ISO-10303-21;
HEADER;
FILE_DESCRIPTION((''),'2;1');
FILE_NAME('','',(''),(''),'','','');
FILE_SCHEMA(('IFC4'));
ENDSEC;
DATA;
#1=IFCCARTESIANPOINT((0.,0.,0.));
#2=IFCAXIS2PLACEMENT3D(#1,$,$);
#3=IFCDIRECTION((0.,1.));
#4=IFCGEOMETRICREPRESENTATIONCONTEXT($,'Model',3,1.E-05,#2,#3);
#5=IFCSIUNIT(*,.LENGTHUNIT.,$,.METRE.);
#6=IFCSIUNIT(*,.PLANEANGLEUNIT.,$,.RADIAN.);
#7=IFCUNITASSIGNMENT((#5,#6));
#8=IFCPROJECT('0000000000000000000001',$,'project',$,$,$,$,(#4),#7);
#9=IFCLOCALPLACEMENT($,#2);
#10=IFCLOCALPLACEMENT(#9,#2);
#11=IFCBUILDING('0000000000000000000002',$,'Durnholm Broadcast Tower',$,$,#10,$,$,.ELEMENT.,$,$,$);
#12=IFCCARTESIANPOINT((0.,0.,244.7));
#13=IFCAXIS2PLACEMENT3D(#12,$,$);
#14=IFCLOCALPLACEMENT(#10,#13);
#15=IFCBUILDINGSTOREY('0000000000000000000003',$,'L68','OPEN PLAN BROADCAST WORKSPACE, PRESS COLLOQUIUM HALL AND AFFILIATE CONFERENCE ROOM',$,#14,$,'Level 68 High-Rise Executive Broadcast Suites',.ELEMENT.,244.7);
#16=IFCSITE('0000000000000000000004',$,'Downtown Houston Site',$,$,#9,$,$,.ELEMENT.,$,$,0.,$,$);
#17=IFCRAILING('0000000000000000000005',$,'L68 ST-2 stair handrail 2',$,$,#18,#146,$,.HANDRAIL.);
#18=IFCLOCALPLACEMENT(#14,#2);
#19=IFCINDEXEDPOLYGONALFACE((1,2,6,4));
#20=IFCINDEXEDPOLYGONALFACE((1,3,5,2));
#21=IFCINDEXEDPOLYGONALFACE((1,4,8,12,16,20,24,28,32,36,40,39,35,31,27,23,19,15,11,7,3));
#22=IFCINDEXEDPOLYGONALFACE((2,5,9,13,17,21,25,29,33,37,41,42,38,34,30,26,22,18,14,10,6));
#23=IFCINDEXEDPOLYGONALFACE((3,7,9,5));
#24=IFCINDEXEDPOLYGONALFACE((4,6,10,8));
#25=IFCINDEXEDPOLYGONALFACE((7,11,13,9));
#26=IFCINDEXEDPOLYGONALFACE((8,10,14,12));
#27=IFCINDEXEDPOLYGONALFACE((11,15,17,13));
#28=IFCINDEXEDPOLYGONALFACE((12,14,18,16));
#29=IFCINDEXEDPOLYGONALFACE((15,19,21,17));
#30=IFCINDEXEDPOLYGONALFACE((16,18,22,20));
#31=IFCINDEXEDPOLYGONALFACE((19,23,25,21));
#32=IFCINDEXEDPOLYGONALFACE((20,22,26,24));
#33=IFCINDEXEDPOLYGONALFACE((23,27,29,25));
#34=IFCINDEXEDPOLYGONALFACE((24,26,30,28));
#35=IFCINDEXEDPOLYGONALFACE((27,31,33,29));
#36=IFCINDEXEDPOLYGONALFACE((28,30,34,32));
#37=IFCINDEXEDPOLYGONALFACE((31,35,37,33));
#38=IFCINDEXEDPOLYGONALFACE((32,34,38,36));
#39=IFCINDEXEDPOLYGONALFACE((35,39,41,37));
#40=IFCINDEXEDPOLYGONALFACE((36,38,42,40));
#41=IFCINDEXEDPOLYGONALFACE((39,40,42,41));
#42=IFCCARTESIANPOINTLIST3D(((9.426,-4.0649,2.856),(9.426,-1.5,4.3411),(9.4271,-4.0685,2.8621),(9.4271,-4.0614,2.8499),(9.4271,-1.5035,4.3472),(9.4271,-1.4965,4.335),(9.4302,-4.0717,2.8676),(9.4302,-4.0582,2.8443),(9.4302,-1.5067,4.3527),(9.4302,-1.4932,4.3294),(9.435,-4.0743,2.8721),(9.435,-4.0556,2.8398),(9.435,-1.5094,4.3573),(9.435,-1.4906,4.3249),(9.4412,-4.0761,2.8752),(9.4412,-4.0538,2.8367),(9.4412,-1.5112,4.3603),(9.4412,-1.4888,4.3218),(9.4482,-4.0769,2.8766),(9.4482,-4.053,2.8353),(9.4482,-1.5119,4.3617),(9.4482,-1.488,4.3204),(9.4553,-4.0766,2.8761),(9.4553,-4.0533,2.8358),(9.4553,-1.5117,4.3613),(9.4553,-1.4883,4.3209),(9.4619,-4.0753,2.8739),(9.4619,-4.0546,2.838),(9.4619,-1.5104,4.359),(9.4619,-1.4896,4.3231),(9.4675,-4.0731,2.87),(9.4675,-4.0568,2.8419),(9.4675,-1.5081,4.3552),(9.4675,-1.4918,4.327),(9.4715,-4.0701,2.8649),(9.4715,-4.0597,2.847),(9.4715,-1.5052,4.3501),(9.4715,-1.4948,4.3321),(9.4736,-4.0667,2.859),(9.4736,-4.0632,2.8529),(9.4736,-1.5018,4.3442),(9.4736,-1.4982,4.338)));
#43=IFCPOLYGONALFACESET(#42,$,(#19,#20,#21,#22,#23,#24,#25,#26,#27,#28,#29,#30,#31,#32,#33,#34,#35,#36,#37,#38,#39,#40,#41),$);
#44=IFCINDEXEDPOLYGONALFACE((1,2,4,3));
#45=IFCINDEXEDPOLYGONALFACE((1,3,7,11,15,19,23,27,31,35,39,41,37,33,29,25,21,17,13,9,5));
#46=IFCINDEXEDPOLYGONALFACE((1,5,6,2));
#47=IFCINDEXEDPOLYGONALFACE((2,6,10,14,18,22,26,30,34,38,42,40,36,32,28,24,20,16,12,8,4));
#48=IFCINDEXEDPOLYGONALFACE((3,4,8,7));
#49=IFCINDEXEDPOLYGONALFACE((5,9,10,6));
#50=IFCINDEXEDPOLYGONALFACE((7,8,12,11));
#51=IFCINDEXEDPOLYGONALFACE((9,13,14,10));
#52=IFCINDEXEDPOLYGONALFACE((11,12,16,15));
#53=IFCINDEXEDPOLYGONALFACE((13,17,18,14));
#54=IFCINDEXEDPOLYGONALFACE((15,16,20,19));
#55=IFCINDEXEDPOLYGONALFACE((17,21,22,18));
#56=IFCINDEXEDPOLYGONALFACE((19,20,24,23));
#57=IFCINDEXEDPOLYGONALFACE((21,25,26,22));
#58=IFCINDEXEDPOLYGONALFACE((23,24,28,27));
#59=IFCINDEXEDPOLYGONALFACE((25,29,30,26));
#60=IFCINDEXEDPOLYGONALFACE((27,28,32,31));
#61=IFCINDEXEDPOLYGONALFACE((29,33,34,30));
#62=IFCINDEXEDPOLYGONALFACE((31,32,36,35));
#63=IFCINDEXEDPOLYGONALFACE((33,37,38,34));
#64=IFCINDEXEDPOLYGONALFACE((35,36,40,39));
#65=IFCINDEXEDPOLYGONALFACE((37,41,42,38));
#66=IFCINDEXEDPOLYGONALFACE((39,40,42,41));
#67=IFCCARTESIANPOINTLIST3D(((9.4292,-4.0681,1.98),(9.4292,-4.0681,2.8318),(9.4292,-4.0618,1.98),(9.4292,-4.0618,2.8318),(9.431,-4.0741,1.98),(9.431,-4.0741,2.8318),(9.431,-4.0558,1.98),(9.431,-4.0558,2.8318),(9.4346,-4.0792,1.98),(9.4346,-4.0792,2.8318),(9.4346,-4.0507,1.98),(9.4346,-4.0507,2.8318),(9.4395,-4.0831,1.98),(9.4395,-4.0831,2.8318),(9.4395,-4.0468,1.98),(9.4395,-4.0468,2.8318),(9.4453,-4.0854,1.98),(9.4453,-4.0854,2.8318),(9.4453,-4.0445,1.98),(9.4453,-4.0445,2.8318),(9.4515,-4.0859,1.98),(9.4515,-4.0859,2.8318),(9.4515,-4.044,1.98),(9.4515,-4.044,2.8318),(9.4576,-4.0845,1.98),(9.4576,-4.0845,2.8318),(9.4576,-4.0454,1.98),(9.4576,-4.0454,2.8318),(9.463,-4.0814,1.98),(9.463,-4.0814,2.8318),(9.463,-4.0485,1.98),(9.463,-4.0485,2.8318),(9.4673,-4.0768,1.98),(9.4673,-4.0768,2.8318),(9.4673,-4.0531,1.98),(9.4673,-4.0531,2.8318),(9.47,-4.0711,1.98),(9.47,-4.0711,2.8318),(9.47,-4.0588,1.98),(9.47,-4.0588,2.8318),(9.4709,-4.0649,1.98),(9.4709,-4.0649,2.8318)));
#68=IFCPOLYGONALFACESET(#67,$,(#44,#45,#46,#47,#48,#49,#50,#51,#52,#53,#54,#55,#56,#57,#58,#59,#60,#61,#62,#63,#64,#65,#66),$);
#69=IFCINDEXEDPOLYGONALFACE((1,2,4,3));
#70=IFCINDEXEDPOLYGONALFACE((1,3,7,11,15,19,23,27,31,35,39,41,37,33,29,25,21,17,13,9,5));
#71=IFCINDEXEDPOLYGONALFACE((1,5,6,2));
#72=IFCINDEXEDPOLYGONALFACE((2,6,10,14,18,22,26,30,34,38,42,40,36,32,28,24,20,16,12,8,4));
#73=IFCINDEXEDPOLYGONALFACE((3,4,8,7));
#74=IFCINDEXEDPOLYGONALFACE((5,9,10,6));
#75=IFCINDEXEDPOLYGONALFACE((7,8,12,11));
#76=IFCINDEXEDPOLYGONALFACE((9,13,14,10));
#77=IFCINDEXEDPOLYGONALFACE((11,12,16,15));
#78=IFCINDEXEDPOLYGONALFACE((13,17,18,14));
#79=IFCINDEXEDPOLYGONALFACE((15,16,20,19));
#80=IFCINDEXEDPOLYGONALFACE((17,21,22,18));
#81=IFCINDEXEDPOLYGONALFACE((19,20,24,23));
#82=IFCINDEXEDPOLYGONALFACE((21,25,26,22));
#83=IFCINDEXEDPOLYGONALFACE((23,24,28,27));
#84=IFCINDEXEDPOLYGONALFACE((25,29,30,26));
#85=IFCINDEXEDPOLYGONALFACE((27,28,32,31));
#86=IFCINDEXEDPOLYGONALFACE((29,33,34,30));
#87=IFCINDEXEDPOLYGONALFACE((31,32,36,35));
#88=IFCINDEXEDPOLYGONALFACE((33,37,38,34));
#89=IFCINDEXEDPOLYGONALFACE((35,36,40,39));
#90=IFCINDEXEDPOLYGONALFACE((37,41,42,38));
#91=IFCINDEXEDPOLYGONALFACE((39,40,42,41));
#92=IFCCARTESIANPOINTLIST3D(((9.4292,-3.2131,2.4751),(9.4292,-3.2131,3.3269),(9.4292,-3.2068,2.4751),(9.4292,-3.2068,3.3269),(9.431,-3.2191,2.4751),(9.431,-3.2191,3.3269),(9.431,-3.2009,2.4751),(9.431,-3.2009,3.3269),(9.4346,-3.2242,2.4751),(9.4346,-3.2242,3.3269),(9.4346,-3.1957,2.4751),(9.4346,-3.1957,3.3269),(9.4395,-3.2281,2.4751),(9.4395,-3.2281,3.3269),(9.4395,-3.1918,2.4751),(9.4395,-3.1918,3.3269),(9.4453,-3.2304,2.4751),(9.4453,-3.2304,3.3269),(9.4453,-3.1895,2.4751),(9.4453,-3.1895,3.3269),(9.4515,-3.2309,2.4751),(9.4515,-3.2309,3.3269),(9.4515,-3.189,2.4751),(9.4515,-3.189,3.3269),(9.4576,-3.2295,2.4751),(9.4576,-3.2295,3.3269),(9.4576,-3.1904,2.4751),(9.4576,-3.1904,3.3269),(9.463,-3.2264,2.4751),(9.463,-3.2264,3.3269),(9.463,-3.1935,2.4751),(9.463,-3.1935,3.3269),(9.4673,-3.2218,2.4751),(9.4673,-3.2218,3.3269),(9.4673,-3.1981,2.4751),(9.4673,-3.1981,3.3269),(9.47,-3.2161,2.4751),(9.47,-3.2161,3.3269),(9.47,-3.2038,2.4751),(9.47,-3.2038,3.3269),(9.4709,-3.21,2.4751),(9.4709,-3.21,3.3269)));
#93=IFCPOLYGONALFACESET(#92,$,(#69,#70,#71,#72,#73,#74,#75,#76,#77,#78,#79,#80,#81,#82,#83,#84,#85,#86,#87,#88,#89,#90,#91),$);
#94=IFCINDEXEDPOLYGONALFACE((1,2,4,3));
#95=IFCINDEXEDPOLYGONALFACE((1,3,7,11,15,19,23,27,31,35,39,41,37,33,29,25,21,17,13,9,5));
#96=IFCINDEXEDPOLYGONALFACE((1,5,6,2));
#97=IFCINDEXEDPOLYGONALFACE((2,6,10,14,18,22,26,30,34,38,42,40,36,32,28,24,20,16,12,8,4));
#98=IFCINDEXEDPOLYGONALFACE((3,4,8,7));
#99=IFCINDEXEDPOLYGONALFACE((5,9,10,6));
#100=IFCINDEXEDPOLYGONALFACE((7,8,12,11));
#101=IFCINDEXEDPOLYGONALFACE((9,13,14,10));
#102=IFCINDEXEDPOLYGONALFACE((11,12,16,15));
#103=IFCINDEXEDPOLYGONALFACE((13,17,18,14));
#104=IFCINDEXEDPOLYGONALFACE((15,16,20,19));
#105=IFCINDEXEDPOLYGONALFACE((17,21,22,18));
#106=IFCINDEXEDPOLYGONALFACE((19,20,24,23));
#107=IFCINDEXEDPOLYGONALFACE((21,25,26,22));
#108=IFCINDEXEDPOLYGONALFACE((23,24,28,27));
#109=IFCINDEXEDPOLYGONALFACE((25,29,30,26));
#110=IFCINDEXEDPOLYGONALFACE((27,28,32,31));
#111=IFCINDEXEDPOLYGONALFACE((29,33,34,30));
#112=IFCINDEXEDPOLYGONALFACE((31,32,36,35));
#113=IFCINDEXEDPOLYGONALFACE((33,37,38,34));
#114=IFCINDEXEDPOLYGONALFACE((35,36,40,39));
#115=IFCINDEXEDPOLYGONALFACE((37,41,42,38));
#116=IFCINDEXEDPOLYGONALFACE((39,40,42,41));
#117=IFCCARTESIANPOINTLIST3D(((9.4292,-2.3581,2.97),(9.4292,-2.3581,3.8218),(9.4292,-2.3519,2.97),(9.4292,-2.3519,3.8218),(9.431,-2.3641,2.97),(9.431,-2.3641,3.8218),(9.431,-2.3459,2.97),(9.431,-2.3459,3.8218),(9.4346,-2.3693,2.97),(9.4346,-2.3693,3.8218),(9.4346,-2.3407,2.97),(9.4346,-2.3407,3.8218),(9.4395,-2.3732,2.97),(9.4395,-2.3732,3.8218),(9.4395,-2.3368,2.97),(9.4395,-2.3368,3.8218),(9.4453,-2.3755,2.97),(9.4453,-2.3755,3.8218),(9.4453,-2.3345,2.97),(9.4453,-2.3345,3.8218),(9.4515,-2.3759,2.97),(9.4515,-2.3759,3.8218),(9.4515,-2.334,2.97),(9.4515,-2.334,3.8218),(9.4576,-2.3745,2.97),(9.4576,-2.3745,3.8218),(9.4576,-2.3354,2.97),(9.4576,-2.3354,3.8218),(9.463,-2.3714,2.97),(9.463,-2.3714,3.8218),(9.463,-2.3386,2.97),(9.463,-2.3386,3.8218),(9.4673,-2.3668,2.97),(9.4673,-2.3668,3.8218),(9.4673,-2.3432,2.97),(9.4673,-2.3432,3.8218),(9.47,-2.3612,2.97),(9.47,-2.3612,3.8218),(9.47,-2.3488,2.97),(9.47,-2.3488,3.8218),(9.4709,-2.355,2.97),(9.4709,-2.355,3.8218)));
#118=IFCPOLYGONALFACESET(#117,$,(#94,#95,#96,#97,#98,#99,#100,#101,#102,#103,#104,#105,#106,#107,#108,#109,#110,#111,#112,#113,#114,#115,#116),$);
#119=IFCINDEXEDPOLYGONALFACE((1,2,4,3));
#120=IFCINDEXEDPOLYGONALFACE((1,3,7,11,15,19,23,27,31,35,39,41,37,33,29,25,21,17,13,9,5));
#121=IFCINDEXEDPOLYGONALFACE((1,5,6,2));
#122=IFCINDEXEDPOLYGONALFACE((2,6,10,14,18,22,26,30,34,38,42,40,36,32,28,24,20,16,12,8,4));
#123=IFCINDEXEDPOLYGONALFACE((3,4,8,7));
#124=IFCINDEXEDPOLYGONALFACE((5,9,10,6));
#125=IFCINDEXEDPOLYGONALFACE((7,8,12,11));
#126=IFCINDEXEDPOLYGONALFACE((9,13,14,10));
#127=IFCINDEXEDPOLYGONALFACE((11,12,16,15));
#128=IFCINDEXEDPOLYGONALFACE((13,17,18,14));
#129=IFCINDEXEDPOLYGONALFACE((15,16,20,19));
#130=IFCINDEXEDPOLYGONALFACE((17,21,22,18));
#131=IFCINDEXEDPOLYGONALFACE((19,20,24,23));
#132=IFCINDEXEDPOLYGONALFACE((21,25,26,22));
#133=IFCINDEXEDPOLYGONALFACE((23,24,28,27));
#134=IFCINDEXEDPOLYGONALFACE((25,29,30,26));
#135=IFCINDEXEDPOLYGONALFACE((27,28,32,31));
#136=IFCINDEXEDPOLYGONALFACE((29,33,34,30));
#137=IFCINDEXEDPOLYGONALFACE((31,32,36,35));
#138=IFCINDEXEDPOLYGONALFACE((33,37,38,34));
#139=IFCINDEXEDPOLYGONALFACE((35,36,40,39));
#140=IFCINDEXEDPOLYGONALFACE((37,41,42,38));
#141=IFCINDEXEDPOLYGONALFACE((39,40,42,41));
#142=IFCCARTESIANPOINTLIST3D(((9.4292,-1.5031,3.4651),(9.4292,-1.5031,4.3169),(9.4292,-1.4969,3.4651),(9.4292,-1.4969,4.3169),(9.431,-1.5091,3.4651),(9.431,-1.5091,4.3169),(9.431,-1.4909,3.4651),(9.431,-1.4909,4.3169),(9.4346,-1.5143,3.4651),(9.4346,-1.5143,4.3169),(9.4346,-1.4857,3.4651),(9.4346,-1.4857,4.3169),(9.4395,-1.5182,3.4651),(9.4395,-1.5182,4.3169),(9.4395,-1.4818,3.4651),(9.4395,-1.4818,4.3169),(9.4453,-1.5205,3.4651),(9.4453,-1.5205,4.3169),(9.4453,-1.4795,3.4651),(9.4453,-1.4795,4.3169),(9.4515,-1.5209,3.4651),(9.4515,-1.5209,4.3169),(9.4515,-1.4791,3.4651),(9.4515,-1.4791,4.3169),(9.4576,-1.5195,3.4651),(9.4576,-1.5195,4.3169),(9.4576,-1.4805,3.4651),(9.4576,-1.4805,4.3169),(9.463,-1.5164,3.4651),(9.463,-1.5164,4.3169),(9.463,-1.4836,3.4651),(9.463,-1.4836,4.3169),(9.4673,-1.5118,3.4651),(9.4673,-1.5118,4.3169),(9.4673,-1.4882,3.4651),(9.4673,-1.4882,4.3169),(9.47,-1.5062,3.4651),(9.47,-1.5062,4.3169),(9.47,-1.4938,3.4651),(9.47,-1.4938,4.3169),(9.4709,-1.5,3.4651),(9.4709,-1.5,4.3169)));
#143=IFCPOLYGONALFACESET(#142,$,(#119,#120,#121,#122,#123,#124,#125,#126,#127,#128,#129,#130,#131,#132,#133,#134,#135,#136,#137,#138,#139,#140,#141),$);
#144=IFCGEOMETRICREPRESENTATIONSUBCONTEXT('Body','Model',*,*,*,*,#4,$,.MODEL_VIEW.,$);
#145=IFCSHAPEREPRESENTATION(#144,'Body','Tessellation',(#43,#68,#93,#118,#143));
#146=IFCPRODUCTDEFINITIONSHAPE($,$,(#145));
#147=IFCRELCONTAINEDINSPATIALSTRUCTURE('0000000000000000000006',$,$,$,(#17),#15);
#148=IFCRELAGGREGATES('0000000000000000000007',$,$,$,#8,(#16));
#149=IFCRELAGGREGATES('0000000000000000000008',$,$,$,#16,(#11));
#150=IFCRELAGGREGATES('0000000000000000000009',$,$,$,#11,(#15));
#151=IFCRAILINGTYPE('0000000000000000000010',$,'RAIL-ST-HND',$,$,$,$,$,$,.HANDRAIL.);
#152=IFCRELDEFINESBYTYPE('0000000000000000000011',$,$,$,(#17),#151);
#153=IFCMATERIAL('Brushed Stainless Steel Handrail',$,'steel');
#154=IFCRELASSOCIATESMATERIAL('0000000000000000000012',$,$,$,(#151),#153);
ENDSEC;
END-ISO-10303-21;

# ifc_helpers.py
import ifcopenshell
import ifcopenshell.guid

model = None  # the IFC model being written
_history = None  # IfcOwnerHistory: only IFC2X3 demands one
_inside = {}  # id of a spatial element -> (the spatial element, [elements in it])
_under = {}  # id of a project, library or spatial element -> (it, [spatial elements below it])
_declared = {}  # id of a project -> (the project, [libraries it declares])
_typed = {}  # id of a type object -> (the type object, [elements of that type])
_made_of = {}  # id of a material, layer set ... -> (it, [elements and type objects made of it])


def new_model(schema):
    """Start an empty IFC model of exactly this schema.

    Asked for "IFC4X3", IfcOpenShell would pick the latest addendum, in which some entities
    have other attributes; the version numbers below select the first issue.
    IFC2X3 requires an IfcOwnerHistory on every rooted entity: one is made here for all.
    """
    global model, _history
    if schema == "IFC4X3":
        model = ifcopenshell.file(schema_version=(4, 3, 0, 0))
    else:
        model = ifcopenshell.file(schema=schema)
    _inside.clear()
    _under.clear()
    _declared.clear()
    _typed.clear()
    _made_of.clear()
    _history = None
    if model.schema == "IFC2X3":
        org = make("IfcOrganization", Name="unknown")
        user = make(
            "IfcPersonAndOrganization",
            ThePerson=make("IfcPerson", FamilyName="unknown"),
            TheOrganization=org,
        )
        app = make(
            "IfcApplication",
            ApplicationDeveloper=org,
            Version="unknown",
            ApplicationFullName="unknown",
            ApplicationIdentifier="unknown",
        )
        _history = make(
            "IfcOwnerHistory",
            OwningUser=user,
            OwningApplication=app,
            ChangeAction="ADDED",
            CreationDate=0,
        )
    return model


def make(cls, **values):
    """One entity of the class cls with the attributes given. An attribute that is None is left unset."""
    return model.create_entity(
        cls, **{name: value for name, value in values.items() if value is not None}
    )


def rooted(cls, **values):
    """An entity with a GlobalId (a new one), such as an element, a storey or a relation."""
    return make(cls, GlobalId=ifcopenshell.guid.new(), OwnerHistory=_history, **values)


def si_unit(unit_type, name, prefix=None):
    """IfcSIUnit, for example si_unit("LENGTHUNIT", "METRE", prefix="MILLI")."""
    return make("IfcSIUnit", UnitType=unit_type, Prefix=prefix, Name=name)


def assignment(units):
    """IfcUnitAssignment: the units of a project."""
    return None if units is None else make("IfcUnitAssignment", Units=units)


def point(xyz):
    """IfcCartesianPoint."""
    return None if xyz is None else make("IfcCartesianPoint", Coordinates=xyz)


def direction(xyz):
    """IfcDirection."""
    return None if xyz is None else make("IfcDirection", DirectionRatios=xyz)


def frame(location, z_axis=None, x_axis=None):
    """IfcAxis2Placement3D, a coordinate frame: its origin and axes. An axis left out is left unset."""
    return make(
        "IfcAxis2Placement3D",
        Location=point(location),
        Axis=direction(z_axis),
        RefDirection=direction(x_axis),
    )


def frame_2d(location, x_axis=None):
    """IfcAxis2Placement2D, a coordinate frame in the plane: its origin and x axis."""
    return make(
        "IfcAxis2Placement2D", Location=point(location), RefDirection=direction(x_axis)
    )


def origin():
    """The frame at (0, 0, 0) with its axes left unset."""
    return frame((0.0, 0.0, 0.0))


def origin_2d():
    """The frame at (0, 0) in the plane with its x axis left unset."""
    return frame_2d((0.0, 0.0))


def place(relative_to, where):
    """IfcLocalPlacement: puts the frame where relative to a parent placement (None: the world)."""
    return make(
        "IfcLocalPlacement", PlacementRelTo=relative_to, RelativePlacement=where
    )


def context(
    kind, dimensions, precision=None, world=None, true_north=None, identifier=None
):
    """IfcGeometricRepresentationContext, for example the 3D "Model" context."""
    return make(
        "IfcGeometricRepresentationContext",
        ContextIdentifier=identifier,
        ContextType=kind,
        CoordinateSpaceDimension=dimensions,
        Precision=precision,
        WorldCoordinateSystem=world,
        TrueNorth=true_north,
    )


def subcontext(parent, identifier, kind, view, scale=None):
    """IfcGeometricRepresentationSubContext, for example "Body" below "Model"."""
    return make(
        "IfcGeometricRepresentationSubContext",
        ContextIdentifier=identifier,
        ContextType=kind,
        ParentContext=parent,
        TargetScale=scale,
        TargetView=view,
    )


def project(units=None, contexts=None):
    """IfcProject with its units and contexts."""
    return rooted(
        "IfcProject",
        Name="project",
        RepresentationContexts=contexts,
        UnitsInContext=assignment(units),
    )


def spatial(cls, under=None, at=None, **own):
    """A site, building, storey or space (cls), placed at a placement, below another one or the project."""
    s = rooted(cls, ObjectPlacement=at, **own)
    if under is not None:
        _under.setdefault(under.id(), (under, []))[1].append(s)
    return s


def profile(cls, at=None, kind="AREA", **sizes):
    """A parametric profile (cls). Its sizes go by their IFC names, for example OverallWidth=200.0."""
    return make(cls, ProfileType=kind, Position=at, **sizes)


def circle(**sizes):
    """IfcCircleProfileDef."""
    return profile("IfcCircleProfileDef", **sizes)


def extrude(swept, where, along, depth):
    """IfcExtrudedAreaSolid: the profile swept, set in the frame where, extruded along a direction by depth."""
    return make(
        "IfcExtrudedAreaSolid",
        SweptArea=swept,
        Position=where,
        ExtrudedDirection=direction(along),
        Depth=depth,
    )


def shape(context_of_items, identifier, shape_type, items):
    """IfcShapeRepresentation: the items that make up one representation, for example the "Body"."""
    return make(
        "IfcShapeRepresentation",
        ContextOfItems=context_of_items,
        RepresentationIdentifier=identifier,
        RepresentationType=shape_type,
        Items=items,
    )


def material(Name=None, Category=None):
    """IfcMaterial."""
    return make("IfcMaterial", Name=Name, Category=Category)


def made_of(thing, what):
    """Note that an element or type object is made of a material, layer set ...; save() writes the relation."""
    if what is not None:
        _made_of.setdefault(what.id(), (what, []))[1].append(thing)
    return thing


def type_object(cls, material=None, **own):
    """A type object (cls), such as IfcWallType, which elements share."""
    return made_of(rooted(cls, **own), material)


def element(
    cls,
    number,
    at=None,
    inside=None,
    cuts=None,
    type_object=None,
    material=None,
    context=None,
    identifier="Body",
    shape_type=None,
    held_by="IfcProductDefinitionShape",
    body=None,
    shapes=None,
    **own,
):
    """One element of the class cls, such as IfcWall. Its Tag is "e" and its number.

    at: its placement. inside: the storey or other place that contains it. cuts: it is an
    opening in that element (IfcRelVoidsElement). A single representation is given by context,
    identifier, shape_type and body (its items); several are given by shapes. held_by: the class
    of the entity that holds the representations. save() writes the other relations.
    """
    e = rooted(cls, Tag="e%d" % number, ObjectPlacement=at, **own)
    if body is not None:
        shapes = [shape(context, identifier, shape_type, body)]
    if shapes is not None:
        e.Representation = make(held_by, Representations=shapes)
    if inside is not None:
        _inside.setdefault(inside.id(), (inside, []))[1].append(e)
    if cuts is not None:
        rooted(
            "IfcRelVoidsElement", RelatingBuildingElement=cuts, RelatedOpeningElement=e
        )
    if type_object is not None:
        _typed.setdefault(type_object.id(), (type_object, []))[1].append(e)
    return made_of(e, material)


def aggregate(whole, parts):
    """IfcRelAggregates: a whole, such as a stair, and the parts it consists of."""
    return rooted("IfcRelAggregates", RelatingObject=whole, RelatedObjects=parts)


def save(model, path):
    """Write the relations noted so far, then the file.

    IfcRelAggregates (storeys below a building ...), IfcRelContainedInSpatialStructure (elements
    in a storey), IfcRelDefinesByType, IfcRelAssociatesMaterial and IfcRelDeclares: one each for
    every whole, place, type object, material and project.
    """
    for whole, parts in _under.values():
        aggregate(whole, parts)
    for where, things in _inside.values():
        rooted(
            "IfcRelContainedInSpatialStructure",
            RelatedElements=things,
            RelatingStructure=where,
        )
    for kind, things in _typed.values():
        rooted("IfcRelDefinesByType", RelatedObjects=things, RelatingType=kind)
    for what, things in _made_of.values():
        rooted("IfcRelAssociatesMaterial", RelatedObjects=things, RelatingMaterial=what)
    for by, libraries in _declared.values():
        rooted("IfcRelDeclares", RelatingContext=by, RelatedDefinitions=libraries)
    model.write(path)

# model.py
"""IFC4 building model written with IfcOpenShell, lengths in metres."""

from ifc_helpers import new_model, si_unit, direction, frame, origin, origin_2d, place, context, subcontext, project, spatial, circle, extrude, material, type_object, element, save


model = new_model("IFC4")

# Units and contexts
model_context = context("Model", 3, precision=1e-05, world=origin(), true_north=direction((0.0, 1.0)))
body_context = subcontext(model_context, "Body", "Model", "MODEL_VIEW")
ifc_project = project(units=[si_unit("LENGTHUNIT", "METRE"), si_unit("PLANEANGLEUNIT", "RADIAN")], contexts=[model_context])

# Site, building, storey
site_placement = place(None, origin())
site = spatial("IfcSite", under=ifc_project, at=site_placement, Name="Downtown Houston Site", CompositionType="ELEMENT", RefElevation=0.0)
building_placement = place(site_placement, origin())
building = spatial("IfcBuilding", under=site, at=building_placement, Name="Durnholm Broadcast Tower", CompositionType="ELEMENT")
storey_placement = place(building_placement, frame((0.0, 0.0, 244.7)))
storey = spatial("IfcBuildingStorey", under=building, at=storey_placement, Name="L68", Description="OPEN PLAN BROADCAST WORKSPACE, PRESS COLLOQUIUM HALL AND AFFILIATE CONFERENCE ROOM", LongName="Level 68 High-Rise Executive Broadcast Suites", CompositionType="ELEMENT", Elevation=244.7)

# Railing
ifc_material_1 = material(Name="Brushed Stainless Steel Handrail", Category="steel")
railing_type_1 = type_object("IfcRailingType", Name="RAIL-ST-HND", PredefinedType="HANDRAIL", material=ifc_material_1)
railing_1_placement = place(storey_placement, frame((9.45, -4.0649, 1.98)))
element("IfcRailing", 1, at=railing_1_placement, inside=storey, type_object=railing_type_1, Name="L68 ST-2 stair handrail 2", PredefinedType="HANDRAIL", context=body_context, shape_type="SweptSolid", body=[
    extrude(circle(Radius=0.0239, at=origin_2d()), frame((0.0, 0.0, 0.876), z_axis=(0.0, 0.865406, 0.501072), x_axis=(-1.0, 0.0, 0.0)), (0.0, 0.0, 1.0), 2.9639),
    extrude(circle(Radius=0.021, at=origin_2d()), origin(), (0.0, 0.0, 1.0), 0.8518),
    extrude(circle(Radius=0.021, at=origin_2d()), frame((0.0, 0.855, 0.4951)), (0.0, 0.0, 1.0), 0.8518),
    extrude(circle(Radius=0.021, at=origin_2d()), frame((0.0, 1.71, 0.99)), (0.0, 0.0, 1.0), 0.8518),
    extrude(circle(Radius=0.021, at=origin_2d()), frame((0.0, 2.5649, 1.4851)), (0.0, 0.0, 1.0), 0.8518),
])

save(model, "model.ifc")
